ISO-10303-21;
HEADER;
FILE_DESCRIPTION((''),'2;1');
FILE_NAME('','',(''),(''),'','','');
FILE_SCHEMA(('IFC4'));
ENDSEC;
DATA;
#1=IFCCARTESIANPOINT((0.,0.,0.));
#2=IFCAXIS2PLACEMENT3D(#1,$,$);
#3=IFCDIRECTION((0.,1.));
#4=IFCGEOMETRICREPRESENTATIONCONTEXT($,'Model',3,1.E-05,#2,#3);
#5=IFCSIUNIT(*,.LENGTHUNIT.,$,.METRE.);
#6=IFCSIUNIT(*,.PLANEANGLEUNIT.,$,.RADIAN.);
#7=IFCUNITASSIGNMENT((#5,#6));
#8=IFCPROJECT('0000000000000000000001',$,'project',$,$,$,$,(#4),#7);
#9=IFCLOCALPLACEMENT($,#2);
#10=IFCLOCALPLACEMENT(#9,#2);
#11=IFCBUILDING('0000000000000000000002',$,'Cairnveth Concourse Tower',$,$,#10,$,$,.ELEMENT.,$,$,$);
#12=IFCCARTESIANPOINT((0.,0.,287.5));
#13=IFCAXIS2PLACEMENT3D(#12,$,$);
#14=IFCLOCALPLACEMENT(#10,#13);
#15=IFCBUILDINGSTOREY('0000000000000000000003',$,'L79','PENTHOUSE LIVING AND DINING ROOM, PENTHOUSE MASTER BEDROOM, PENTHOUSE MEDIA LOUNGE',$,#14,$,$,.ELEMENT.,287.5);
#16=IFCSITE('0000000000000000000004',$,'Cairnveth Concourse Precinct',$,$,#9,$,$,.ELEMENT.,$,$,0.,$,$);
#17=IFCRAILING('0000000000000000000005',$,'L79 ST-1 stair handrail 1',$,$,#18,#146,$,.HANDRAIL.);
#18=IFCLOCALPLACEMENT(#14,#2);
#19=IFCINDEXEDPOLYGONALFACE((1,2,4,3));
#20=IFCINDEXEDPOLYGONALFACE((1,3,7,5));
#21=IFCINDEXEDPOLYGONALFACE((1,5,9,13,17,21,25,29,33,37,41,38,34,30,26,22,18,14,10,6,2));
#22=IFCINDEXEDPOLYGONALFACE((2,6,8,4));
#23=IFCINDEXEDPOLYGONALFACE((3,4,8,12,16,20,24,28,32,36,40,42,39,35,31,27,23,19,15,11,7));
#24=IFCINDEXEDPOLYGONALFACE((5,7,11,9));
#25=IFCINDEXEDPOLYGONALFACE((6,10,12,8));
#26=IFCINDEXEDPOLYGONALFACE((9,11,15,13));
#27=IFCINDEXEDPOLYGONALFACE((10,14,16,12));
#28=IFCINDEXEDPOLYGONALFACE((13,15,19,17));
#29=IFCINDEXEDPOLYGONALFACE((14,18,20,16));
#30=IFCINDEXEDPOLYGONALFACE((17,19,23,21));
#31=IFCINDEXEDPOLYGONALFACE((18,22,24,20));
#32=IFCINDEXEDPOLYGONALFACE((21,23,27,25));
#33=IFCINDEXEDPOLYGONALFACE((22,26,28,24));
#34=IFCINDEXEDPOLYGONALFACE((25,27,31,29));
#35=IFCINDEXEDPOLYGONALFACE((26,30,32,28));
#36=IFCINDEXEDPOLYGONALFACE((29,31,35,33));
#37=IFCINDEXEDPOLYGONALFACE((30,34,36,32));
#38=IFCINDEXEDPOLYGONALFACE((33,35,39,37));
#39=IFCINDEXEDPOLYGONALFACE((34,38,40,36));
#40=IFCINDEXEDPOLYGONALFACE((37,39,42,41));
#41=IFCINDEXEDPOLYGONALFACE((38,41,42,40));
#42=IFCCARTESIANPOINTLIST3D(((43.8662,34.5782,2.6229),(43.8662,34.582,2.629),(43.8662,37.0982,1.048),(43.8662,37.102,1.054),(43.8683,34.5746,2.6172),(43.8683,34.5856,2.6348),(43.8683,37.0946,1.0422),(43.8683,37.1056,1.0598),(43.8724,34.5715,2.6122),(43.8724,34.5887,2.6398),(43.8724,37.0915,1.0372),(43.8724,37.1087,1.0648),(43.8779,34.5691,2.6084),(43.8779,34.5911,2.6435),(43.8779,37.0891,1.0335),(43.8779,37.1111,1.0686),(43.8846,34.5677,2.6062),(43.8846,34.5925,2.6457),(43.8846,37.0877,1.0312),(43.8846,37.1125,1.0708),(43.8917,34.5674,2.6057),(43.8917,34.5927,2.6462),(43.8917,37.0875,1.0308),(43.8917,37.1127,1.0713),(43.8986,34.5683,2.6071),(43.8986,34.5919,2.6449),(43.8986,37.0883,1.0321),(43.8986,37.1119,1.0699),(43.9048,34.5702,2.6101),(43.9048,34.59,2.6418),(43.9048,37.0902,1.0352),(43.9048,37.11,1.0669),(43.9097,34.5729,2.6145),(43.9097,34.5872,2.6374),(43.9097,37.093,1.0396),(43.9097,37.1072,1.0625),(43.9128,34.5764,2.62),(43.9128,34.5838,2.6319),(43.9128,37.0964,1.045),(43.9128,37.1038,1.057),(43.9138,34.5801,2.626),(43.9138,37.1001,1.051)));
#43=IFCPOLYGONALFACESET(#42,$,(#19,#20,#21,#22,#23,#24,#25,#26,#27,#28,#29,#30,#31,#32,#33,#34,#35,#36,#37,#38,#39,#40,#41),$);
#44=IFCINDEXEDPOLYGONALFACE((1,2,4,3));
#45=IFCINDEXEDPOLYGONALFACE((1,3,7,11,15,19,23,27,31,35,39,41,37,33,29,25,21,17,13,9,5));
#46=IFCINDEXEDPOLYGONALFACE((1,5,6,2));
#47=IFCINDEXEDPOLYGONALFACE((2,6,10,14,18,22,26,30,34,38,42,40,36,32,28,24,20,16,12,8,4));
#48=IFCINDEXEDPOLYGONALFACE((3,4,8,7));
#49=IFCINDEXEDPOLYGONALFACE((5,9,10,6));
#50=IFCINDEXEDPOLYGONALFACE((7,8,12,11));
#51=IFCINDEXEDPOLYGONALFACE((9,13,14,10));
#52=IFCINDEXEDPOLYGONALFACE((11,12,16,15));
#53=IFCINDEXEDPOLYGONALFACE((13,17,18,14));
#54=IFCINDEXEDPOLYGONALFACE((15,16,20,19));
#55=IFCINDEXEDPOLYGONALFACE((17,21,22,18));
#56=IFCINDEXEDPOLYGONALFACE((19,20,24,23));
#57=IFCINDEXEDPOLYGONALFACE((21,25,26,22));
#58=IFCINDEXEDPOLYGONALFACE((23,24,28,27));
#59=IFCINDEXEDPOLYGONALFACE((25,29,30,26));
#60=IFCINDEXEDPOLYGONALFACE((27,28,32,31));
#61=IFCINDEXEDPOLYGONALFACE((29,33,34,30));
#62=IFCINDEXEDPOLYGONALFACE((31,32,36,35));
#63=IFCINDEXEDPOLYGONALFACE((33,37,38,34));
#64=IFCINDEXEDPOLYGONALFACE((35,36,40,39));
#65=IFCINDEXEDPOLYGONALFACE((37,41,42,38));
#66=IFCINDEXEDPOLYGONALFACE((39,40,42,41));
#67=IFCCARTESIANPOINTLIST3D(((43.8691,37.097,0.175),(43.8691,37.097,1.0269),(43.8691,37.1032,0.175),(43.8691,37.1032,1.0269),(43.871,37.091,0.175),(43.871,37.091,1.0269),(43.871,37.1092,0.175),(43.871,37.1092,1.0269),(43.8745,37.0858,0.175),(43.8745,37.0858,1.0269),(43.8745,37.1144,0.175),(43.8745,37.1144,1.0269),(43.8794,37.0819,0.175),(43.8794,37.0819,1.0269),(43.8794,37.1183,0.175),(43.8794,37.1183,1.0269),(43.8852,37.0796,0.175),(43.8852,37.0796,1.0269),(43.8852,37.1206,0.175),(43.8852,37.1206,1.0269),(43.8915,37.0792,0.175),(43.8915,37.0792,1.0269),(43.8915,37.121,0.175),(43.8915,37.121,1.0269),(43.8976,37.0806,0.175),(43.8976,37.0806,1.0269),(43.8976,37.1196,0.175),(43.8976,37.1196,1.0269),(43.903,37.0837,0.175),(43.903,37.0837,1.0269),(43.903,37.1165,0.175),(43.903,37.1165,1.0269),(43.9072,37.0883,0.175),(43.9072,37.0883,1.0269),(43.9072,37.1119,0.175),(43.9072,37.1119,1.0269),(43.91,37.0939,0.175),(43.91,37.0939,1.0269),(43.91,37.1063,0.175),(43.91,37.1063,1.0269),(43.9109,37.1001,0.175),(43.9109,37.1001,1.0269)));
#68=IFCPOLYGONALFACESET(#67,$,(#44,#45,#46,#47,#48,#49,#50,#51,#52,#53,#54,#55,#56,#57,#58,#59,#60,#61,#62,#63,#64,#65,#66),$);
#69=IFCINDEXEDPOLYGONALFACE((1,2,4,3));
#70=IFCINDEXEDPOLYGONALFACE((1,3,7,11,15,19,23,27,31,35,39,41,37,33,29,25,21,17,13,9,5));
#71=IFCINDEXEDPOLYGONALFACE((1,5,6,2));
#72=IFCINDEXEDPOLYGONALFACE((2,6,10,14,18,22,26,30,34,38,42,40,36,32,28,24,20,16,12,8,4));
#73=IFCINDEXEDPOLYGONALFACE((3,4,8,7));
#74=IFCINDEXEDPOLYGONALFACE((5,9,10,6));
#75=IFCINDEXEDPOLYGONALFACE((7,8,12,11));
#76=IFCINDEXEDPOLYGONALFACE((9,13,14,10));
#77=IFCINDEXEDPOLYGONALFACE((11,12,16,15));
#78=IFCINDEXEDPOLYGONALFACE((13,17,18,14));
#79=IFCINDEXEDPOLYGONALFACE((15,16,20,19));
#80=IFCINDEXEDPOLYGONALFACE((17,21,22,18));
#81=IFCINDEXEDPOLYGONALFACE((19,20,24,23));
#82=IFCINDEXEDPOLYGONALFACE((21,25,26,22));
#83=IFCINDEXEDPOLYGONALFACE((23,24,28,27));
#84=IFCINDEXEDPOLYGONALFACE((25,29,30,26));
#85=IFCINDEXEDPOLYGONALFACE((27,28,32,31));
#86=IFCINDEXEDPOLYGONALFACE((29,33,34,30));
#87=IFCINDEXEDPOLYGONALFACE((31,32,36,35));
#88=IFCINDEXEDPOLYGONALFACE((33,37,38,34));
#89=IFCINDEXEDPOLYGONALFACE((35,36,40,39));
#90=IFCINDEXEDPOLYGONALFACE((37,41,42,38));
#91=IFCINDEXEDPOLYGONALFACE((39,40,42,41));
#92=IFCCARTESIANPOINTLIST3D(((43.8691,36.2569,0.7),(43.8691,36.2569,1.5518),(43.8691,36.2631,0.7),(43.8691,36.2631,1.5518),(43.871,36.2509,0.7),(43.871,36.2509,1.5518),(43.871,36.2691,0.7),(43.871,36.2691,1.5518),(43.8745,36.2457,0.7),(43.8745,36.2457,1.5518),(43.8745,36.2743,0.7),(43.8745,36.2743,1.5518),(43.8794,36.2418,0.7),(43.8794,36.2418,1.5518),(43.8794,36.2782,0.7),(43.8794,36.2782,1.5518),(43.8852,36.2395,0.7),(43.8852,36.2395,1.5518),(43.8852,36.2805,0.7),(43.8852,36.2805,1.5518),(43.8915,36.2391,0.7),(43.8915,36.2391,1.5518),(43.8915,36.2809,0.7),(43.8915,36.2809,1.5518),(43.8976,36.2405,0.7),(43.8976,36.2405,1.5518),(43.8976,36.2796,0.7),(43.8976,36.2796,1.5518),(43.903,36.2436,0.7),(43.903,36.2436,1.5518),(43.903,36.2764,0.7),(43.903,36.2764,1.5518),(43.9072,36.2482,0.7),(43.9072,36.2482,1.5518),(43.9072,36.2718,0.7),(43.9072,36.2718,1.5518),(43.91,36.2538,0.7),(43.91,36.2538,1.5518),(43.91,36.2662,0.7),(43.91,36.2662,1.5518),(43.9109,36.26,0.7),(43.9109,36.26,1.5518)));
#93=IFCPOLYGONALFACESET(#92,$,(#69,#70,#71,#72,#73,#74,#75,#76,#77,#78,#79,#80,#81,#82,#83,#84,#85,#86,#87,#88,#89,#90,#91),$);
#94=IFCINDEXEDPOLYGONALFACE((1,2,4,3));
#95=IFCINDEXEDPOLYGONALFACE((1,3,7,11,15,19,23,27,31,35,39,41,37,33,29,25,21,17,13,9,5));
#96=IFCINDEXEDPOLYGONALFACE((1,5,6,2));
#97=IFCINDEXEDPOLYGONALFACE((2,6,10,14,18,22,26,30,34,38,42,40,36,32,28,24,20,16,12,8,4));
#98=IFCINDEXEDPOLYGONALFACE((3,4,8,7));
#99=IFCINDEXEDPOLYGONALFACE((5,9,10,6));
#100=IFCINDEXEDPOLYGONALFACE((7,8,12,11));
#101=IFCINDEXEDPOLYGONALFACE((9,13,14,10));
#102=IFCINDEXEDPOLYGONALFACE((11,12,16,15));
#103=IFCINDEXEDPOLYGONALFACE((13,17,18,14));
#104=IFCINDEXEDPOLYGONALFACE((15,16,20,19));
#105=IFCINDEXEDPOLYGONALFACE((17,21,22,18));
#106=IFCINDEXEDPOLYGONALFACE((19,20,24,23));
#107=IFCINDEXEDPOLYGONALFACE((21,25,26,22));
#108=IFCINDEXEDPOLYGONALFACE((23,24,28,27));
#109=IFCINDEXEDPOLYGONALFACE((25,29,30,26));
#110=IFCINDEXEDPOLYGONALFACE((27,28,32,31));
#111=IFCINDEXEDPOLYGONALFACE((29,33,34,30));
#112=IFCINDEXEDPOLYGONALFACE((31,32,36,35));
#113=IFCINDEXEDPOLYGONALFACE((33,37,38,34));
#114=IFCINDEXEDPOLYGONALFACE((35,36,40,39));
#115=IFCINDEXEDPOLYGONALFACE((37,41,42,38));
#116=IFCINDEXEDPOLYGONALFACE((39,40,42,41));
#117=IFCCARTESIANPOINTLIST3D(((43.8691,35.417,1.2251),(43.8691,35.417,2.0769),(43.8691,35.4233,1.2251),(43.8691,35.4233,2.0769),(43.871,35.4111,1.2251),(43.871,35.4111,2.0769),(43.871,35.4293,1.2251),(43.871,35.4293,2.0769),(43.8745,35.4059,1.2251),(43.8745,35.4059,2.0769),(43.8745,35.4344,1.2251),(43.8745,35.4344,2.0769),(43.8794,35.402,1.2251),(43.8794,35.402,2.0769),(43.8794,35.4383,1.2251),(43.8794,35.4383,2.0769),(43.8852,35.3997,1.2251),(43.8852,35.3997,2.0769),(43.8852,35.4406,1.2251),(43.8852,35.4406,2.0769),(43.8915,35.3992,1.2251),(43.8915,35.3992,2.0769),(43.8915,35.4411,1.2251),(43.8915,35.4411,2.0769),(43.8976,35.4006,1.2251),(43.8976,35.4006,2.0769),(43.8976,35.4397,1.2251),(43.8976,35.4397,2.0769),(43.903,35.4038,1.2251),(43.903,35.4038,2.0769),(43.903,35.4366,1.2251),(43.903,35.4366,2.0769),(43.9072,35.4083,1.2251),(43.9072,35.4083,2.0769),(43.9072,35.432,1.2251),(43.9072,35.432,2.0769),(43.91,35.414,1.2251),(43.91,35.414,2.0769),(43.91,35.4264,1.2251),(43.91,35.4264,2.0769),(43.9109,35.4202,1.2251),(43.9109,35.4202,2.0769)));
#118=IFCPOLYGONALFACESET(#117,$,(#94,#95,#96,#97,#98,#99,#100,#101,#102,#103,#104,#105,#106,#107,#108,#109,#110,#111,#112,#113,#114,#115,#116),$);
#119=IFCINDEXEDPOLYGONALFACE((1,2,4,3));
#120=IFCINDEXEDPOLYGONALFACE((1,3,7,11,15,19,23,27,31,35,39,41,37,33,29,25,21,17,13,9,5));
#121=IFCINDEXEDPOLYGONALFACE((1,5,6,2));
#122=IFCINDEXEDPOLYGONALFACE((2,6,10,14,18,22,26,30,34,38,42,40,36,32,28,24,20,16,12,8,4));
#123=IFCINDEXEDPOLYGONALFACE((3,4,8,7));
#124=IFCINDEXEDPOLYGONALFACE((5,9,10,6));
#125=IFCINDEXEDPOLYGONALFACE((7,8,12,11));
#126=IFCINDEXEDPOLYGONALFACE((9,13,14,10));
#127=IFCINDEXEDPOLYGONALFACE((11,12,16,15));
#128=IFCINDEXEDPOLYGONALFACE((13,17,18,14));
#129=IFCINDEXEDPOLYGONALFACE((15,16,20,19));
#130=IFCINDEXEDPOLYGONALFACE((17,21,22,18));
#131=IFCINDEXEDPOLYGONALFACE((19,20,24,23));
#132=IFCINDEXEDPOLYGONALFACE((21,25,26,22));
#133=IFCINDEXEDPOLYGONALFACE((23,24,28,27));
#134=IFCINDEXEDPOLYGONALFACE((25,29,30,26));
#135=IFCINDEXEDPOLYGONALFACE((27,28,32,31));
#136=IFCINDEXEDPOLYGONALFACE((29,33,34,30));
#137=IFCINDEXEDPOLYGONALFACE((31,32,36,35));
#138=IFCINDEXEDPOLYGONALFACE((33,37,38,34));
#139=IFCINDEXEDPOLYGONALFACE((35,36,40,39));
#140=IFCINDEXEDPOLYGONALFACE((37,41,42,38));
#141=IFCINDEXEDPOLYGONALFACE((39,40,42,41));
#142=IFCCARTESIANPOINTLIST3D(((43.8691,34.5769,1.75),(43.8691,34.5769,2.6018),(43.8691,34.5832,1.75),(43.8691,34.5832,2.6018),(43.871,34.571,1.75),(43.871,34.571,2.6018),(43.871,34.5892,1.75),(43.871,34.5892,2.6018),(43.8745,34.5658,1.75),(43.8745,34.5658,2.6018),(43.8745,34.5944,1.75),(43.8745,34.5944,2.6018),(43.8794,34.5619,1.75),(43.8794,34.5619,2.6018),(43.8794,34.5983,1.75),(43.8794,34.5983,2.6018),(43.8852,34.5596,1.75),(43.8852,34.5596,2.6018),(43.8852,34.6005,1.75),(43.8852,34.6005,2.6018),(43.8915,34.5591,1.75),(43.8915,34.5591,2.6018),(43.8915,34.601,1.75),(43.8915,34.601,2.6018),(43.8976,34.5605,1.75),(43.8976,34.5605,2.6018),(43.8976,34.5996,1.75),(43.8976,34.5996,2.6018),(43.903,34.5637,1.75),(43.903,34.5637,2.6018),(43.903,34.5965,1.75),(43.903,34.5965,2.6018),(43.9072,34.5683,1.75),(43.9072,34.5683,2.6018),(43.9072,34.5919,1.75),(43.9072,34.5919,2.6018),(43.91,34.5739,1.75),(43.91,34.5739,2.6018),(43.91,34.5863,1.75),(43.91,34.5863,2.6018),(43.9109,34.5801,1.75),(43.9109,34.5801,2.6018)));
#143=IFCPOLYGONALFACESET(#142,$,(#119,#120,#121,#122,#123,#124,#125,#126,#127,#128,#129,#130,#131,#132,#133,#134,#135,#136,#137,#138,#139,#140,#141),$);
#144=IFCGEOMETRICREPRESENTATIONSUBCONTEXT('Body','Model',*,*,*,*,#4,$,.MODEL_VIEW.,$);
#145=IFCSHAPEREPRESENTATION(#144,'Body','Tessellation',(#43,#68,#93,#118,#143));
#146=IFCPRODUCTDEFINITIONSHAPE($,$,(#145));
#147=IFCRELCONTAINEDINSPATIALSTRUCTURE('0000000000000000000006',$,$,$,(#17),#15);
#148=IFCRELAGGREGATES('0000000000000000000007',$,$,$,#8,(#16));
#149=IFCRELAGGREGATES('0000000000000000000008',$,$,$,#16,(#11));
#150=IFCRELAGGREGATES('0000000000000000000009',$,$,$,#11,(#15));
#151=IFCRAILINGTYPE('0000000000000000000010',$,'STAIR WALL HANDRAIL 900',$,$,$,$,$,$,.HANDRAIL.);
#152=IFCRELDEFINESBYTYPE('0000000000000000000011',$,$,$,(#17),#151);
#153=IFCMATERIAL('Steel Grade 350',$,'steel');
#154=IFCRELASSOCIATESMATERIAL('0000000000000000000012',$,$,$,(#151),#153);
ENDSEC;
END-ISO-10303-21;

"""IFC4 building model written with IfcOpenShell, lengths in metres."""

from ifc_helpers import new_model, si_unit, direction, frame, origin, origin_2d, place, context, subcontext, project, spatial, circle, extrude, material, type_object, element, save


model = new_model("IFC4")

# Units and contexts
model_context = context("Model", 3, precision=1e-05, world=origin(), true_north=direction((0.0, 1.0)))
body_context = subcontext(model_context, "Body", "Model", "MODEL_VIEW")
ifc_project = project(units=[si_unit("LENGTHUNIT", "METRE"), si_unit("PLANEANGLEUNIT", "RADIAN")], contexts=[model_context])

# Site, building, storey
site_placement = place(None, origin())
site = spatial("IfcSite", under=ifc_project, at=site_placement, Name="Cairnveth Concourse Precinct", CompositionType="ELEMENT", RefElevation=0.0)
building_placement = place(site_placement, origin())
building = spatial("IfcBuilding", under=site, at=building_placement, Name="Cairnveth Concourse Tower", CompositionType="ELEMENT")
storey_placement = place(building_placement, frame((0.0, 0.0, 287.5)))
storey = spatial("IfcBuildingStorey", under=building, at=storey_placement, Name="L79", Description="PENTHOUSE LIVING AND DINING ROOM, PENTHOUSE MASTER BEDROOM, PENTHOUSE MEDIA LOUNGE", CompositionType="ELEMENT", Elevation=287.5)

# Shared definitions
ifc_material_1 = material(Name="Steel Grade 350", Category="steel")

# Railing
railing_type_1 = type_object("IfcRailingType", Name="STAIR WALL HANDRAIL 900", PredefinedType="HANDRAIL", material=ifc_material_1)
railing_1_placement = place(storey_placement, frame((43.8899, 37.1001, 0.175)))
element("IfcRailing", 1, at=railing_1_placement, inside=storey, type_object=railing_type_1, Name="L79 ST-1 stair handrail 1", PredefinedType="HANDRAIL", context=body_context, shape_type="SweptSolid", body=[
    extrude(circle(Radius=0.0239, at=origin_2d()), frame((0.0, 0.0, 0.876), z_axis=(0.0, -0.848008, 0.529984), x_axis=(1.0, 0.0, 0.0)), (0.0, 0.0, 1.0), 2.9717),
    extrude(circle(Radius=0.021, at=origin_2d()), origin(), (0.0, 0.0, 1.0), 0.8518),
    extrude(circle(Radius=0.021, at=origin_2d()), frame((0.0, -0.8401, 0.5249)), (0.0, 0.0, 1.0), 0.8518),
    extrude(circle(Radius=0.021, at=origin_2d()), frame((0.0, -1.6799, 1.05)), (0.0, 0.0, 1.0), 0.8518),
    extrude(circle(Radius=0.021, at=origin_2d()), frame((0.0, -2.52, 1.575)), (0.0, 0.0, 1.0), 0.8518),
])

save(model, "model.ifc")
